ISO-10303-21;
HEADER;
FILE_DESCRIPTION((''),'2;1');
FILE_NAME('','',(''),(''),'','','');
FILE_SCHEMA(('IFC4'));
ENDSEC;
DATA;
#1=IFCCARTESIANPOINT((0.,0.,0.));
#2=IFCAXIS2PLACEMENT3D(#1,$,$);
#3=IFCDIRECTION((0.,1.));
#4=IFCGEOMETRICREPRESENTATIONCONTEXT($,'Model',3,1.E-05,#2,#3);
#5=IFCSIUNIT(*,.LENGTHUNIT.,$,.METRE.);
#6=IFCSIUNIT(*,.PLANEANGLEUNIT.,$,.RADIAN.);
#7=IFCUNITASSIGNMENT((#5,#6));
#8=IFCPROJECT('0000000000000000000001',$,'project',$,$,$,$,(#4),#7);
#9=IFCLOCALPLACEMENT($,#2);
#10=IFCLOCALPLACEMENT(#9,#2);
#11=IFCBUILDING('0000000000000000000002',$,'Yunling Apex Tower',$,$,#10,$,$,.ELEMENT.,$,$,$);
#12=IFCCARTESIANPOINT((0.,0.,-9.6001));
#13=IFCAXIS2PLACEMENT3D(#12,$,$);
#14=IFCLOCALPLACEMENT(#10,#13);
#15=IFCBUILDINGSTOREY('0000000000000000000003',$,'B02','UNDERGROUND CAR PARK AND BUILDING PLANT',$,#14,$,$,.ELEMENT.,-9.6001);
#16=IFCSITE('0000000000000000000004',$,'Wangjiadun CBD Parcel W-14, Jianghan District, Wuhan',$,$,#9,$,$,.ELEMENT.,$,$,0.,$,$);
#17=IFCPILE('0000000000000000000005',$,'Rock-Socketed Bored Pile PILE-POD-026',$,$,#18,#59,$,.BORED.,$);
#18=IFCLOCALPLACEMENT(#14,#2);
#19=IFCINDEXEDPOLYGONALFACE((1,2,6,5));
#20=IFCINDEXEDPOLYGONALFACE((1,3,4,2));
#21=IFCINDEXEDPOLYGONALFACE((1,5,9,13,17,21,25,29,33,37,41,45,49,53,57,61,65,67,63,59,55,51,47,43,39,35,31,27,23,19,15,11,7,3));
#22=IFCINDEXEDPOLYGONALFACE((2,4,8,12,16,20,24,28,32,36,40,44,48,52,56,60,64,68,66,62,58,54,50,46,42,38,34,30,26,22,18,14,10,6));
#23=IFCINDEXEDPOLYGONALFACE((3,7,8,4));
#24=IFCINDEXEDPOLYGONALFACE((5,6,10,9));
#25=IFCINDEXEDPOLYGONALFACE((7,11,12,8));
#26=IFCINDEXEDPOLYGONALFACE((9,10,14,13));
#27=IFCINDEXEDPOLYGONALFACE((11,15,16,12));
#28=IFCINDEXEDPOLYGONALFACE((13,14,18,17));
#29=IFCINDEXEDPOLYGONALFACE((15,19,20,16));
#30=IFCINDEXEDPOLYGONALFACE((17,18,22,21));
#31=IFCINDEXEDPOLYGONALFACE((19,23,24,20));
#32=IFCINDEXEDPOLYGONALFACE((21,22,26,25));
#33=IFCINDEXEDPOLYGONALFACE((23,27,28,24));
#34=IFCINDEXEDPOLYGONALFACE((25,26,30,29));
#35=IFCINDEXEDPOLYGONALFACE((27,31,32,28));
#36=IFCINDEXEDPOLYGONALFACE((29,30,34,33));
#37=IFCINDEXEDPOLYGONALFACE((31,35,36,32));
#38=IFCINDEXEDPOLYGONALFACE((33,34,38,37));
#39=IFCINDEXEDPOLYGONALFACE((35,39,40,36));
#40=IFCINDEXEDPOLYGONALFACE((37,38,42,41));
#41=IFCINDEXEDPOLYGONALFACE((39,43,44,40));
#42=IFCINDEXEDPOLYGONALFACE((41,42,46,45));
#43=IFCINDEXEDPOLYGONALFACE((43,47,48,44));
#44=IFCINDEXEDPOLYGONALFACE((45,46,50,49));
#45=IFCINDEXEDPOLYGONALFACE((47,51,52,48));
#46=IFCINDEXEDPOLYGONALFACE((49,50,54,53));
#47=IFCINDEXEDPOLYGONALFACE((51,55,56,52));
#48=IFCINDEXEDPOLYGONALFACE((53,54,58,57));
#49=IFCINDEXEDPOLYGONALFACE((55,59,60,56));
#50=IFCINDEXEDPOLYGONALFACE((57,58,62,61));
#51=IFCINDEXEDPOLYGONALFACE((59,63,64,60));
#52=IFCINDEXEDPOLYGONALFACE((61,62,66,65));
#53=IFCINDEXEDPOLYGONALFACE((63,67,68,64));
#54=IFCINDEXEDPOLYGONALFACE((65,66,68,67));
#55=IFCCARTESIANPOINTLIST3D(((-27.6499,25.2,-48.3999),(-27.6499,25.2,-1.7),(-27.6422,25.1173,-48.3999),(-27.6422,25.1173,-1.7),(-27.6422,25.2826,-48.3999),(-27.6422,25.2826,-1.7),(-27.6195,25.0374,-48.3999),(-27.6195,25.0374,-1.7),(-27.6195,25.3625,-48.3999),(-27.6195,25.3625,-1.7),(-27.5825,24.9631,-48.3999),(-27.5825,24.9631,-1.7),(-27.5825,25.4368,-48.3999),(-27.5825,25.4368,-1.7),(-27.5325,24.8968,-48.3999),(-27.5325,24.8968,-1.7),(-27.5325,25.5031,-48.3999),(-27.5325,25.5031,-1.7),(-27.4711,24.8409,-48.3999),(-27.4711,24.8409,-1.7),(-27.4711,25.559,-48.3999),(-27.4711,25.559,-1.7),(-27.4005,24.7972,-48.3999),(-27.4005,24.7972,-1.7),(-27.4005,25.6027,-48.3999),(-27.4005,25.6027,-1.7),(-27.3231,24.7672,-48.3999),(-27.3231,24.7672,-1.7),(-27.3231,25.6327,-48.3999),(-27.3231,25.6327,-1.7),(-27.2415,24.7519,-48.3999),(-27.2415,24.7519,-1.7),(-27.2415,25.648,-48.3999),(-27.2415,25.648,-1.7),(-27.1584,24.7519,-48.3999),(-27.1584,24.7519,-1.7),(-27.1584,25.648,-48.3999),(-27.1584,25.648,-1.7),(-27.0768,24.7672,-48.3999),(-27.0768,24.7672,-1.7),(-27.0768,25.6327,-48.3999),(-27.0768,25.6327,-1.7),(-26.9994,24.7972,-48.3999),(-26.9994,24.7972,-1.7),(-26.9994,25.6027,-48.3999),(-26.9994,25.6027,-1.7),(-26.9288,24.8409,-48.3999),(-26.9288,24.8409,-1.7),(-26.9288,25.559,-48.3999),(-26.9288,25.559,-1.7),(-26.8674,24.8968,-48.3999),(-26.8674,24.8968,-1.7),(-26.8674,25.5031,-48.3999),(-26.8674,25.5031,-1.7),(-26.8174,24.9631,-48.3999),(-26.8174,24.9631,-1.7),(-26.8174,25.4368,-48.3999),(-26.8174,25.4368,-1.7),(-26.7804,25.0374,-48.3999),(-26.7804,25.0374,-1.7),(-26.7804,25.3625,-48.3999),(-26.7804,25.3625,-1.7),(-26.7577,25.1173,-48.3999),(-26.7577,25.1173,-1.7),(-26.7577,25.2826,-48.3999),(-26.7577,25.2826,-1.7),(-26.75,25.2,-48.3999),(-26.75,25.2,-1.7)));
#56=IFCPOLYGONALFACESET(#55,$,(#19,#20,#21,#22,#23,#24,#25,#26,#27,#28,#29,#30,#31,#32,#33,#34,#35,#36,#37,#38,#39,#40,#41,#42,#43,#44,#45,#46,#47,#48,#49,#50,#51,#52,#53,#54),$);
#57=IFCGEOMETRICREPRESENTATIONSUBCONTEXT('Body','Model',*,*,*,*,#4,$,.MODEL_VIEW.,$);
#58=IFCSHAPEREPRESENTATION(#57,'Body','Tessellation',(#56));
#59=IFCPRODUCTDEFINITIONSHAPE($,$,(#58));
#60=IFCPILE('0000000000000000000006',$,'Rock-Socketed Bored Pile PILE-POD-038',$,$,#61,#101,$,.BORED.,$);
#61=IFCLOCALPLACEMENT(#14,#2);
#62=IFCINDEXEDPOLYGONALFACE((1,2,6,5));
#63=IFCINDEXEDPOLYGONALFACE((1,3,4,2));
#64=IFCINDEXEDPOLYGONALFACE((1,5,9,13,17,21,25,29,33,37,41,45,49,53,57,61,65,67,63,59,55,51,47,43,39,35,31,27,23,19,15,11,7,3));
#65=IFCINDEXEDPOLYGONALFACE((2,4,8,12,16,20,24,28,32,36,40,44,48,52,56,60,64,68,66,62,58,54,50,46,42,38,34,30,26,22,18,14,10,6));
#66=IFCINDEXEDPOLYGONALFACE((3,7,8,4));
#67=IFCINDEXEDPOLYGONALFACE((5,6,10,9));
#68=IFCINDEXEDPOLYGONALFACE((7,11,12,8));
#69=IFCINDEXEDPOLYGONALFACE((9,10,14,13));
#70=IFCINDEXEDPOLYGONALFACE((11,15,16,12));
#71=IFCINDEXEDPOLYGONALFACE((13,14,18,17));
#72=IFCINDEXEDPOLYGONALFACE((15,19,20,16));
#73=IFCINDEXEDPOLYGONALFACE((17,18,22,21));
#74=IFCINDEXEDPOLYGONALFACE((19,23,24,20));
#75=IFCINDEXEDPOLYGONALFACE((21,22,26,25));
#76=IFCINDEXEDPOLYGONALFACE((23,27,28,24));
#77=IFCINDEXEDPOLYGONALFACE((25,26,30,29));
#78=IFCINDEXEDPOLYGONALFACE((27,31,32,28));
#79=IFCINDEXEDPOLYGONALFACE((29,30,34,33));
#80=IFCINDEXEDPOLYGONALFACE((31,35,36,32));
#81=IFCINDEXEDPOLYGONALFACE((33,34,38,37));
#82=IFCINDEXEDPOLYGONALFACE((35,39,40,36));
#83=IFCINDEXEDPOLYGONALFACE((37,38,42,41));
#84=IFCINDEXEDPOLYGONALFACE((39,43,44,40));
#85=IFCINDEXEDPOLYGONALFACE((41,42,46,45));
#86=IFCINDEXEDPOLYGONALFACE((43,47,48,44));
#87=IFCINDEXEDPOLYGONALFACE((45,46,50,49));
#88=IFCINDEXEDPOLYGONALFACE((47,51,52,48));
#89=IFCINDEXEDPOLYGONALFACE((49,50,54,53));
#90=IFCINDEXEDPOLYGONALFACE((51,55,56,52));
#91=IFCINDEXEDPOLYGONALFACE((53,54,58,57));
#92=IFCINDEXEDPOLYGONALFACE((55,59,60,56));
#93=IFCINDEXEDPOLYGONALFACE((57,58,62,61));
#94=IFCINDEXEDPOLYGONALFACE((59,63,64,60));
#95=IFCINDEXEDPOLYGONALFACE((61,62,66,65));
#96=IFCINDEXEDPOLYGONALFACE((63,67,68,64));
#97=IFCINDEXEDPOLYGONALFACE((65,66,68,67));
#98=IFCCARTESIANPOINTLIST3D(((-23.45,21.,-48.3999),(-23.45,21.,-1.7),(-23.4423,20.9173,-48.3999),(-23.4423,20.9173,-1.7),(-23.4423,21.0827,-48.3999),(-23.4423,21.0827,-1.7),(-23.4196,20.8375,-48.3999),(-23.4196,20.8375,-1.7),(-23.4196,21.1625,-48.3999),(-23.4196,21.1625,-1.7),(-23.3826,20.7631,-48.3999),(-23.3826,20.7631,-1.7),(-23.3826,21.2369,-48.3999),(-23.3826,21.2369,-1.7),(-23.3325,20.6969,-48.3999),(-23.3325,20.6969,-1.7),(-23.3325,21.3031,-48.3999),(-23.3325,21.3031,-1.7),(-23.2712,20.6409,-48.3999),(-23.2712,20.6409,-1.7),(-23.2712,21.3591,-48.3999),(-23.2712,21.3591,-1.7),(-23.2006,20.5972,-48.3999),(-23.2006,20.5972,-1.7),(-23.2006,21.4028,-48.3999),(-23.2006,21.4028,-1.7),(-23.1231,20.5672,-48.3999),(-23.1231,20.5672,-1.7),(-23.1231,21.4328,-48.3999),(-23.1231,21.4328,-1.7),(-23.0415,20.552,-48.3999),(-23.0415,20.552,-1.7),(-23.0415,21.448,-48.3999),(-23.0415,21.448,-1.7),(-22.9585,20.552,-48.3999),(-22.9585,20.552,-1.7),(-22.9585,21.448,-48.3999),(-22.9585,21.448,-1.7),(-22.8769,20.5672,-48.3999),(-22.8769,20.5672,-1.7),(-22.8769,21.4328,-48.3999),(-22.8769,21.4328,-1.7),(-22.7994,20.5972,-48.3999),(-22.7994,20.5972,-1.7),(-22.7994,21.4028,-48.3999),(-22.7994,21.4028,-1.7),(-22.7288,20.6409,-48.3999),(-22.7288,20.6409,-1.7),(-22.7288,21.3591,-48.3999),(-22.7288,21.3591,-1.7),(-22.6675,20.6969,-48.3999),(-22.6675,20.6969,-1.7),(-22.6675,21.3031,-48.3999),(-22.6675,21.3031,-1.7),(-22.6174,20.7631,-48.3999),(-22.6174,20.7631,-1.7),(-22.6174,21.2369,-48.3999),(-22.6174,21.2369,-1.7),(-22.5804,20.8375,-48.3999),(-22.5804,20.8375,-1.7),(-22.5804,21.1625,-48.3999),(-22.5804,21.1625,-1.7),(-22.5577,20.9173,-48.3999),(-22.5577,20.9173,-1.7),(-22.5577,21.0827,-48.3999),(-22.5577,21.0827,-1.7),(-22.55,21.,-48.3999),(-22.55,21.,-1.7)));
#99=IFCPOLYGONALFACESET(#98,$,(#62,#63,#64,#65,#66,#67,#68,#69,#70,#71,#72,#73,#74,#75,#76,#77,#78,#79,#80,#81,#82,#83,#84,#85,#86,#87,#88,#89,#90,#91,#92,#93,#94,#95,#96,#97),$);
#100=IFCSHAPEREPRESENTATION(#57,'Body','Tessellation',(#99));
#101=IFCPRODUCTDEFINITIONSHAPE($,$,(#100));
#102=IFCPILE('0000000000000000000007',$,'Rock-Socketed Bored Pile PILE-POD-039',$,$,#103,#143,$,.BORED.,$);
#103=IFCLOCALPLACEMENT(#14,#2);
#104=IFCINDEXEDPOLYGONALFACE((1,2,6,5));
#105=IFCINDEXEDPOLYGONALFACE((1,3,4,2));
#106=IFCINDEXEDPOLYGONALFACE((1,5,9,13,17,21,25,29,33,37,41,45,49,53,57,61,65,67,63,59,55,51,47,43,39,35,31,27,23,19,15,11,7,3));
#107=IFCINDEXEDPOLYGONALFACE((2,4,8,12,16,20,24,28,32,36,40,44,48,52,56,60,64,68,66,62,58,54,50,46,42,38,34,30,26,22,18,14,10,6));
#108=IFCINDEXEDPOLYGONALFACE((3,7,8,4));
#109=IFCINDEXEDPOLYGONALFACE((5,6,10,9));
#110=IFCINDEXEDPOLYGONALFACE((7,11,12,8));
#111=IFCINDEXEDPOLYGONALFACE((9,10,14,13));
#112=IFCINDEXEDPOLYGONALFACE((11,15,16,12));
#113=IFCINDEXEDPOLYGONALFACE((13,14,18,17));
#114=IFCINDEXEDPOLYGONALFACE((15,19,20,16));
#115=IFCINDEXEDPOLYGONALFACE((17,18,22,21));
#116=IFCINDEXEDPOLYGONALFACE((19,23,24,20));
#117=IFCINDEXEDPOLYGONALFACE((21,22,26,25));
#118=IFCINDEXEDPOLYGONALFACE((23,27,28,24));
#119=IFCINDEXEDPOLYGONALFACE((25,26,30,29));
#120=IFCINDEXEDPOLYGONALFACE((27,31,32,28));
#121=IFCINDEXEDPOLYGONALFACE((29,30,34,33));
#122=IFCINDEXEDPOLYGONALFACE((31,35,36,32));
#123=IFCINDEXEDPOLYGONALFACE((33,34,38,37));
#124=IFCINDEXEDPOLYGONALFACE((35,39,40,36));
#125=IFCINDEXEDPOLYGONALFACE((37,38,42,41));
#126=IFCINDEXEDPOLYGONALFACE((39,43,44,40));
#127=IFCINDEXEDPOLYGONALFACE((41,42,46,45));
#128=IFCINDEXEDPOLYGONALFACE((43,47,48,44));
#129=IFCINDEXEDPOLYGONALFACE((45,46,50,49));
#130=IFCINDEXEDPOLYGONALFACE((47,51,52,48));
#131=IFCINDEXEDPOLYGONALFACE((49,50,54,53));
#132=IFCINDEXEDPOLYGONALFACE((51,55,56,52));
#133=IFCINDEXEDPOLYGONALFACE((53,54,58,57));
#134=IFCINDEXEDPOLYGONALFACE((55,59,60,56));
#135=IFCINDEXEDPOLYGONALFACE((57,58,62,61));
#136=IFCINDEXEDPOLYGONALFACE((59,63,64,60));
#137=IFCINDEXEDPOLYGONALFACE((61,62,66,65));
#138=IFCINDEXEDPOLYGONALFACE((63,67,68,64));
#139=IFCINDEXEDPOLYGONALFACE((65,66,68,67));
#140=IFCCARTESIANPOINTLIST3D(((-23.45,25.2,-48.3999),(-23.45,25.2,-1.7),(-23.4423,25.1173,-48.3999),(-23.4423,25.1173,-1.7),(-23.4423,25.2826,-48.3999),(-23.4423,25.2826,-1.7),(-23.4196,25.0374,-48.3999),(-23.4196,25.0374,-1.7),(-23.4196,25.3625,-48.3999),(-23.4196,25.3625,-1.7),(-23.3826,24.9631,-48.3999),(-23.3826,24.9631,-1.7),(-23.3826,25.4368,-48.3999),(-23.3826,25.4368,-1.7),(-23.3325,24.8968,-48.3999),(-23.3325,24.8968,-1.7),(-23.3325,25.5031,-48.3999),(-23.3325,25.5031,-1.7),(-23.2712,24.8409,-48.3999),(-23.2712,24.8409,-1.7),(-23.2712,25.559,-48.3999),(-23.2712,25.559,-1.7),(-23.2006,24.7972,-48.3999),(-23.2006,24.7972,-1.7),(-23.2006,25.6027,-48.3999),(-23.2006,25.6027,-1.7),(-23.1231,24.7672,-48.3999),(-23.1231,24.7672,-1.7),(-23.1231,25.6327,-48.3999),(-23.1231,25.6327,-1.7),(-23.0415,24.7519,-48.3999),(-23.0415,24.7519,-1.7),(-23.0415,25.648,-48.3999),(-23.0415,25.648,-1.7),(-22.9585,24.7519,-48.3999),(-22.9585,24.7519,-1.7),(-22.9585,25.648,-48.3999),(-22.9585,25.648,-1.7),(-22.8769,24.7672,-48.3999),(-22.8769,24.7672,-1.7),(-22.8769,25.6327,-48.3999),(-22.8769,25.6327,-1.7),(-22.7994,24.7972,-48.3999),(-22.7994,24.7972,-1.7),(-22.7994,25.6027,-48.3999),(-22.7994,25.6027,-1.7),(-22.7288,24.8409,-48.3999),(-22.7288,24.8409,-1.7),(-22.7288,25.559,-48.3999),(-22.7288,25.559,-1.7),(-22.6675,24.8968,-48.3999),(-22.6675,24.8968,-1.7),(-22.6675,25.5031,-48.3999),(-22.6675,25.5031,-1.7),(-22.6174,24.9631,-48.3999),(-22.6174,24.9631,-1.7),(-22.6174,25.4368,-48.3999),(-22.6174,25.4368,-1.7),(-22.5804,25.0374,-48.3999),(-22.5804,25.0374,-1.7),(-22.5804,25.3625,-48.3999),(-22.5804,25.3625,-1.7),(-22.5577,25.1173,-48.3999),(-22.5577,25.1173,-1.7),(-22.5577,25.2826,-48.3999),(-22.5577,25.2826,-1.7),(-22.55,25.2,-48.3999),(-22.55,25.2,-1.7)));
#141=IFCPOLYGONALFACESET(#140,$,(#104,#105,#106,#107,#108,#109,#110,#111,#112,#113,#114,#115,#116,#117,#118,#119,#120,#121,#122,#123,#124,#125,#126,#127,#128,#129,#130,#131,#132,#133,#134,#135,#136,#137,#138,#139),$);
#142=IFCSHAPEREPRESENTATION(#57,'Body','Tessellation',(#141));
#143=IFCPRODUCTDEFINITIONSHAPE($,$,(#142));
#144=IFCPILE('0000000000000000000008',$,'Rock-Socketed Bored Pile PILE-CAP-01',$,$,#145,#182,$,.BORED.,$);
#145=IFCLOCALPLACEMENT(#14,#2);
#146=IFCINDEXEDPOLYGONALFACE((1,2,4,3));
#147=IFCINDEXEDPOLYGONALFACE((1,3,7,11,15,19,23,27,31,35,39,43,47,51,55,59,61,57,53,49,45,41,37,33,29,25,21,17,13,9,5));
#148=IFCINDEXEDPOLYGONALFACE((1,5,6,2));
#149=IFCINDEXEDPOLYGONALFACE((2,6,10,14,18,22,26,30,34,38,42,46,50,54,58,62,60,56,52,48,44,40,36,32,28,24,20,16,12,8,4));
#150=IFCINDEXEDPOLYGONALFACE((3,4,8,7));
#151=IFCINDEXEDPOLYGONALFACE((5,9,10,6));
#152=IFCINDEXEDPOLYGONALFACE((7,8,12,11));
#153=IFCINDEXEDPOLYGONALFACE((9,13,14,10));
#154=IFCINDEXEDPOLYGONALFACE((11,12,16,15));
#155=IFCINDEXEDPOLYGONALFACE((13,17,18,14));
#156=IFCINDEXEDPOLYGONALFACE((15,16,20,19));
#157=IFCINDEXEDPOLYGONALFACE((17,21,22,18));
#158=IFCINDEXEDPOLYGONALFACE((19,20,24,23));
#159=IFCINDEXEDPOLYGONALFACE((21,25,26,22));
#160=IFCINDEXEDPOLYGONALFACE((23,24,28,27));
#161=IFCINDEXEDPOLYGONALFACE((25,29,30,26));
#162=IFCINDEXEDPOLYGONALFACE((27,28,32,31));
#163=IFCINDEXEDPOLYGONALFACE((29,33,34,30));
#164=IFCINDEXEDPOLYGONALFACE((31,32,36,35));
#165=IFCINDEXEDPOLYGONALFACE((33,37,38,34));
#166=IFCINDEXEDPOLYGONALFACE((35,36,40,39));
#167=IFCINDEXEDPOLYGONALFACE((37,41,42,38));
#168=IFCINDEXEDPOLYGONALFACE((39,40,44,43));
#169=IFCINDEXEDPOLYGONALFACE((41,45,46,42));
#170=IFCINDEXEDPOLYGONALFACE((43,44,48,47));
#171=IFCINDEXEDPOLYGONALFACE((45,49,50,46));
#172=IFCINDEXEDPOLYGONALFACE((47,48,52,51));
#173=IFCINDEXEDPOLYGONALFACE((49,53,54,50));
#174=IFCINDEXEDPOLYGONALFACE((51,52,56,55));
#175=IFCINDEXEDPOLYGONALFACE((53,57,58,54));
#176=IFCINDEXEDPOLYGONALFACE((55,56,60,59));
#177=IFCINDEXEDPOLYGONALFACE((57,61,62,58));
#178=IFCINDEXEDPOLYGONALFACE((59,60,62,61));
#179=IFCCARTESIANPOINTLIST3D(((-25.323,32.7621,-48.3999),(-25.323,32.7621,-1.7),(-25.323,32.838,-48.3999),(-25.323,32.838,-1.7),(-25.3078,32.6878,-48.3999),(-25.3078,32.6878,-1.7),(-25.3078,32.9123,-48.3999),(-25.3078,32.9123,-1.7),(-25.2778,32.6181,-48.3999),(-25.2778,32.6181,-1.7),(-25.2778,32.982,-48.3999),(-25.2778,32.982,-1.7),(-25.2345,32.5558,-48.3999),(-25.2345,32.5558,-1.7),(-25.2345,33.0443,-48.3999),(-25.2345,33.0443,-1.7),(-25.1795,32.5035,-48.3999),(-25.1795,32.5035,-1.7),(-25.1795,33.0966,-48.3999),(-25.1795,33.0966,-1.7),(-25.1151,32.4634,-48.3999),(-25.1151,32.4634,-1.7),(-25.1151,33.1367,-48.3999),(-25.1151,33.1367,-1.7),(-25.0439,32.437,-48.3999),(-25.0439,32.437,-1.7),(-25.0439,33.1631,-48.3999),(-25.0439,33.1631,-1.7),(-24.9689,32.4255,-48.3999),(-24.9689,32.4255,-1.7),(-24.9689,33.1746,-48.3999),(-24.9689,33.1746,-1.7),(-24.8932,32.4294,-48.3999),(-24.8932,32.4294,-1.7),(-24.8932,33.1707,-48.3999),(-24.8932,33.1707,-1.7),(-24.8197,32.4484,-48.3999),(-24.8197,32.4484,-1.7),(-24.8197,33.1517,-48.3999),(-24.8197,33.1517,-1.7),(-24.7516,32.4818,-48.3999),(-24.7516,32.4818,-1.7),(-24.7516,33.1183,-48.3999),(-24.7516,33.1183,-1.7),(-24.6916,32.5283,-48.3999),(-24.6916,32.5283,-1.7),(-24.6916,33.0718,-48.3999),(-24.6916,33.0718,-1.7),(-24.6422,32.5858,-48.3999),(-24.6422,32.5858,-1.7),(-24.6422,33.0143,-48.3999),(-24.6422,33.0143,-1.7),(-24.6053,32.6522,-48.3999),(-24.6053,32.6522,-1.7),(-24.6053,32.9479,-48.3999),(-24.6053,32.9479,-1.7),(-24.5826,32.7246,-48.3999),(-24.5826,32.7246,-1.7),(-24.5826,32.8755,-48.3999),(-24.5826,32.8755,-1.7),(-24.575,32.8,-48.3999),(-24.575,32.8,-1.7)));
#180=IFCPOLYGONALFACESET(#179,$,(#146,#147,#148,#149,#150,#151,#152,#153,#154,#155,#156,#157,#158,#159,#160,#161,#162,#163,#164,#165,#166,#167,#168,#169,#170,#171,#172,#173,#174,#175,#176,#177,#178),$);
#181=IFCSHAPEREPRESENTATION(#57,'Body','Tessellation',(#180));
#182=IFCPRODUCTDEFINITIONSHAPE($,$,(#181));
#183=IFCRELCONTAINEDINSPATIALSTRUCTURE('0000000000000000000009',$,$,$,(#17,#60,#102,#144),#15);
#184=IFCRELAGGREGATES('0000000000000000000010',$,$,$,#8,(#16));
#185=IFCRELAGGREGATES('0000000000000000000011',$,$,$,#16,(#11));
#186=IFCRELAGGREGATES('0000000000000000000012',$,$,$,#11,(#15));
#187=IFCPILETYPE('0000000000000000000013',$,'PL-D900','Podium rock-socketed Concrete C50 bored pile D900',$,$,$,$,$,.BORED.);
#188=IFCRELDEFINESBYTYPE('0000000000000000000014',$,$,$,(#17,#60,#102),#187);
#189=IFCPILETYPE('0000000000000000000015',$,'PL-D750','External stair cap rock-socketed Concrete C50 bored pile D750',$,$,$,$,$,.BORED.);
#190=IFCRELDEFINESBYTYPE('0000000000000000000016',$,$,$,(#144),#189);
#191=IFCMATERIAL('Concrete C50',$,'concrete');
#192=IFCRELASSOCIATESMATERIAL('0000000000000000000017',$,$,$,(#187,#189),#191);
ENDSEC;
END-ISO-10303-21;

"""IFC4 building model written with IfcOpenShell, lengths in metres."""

from ifc_helpers import new_model, si_unit, direction, frame, origin, origin_2d, place, context, subcontext, project, spatial, circle, extrude, source, transform, mapped, material, material_profile, profile_set, type_object, element, save


model = new_model("IFC4")

# Units and contexts
model_context = context("Model", 3, precision=1e-05, world=origin(), true_north=direction((0.0, 1.0)))
body_context = subcontext(model_context, "Body", "Model", "MODEL_VIEW")
ifc_project = project(units=[si_unit("LENGTHUNIT", "METRE"), si_unit("PLANEANGLEUNIT", "RADIAN")], contexts=[model_context])

# Site, building, storey
site_placement = place(None, origin())
site = spatial("IfcSite", under=ifc_project, at=site_placement, Name="Wangjiadun CBD Parcel W-14, Jianghan District, Wuhan", CompositionType="ELEMENT", RefElevation=0.0)
building_placement = place(site_placement, origin())
building = spatial("IfcBuilding", under=site, at=building_placement, Name="Yunling Apex Tower", CompositionType="ELEMENT")
storey_placement = place(building_placement, frame((0.0, 0.0, -9.6001)))
storey = spatial("IfcBuildingStorey", under=building, at=storey_placement, Name="B02", Description="UNDERGROUND CAR PARK AND BUILDING PLANT", CompositionType="ELEMENT", Elevation=-9.6001)

# Shared definitions
ifc_material_1 = material(Name="Concrete C50", Category="concrete")

# Piles
ifc_material_profile_1 = material_profile(ifc_material_1, circle(Radius=0.45, at=origin_2d()))
ifc_profile_set_1 = profile_set([ifc_material_profile_1], Name="Concrete C50")
pile_type_1 = type_object("IfcPileType", Name="PL-D900", Description="Podium rock-socketed Concrete C50 bored pile D900", PredefinedType="BORED", material=ifc_profile_set_1)
shared_shape_1 = source(origin(), body_context, "Body", "SweptSolid", [
    extrude(circle(Radius=0.45, at=origin_2d()), origin(), (0.0, 0.0, 1.0), 46.7),
])
for number, where, z_axis, x_axis, name in (
    (1, (-27.2, 25.2, -1.7), (0.0, 0.0, -1.0), (1.0, 0.0, 0.0), "Rock-Socketed Bored Pile PILE-POD-026"),
    (2, (-23.0, 21.0, -1.7), (0.0, 0.0, -1.0), (1.0, 0.0, 0.0), "Rock-Socketed Bored Pile PILE-POD-038"),
    (3, (-23.0, 25.2, -1.7), (0.0, 0.0, -1.0), (1.0, 0.0, 0.0), "Rock-Socketed Bored Pile PILE-POD-039"),
):
    element("IfcPile", number, at=place(storey_placement, frame(where, z_axis=z_axis, x_axis=x_axis)), inside=storey, type_object=pile_type_1, Name=name, PredefinedType="BORED", context=body_context, shape_type="MappedRepresentation", body=[
        mapped(shared_shape_1, transform((0.0, 0.0, 0.0), scale=1.0)),
    ])
ifc_material_profile_2 = material_profile(ifc_material_1, circle(Radius=0.375, at=origin_2d()))
ifc_profile_set_2 = profile_set([ifc_material_profile_2], Name="Concrete C50")
pile_type_2 = type_object("IfcPileType", Name="PL-D750", Description="External stair cap rock-socketed Concrete C50 bored pile D750", PredefinedType="BORED", material=ifc_profile_set_2)
shared_shape_2 = source(origin(), body_context, "Body", "SweptSolid", [
    extrude(circle(Radius=0.375, at=origin_2d()), origin(), (0.0, 0.0, 1.0), 46.7),
])
for number, where, z_axis, x_axis, name in (
    (4, (-24.95, 32.8, -1.7), (0.0, 0.0, -1.0), (1.0, 0.0, 0.0), "Rock-Socketed Bored Pile PILE-CAP-01"),
):
    element("IfcPile", number, at=place(storey_placement, frame(where, z_axis=z_axis, x_axis=x_axis)), inside=storey, type_object=pile_type_2, Name=name, PredefinedType="BORED", context=body_context, shape_type="MappedRepresentation", body=[
        mapped(shared_shape_2, transform((0.0, 0.0, 0.0), scale=1.0)),
    ])

save(model, "model.ifc")
